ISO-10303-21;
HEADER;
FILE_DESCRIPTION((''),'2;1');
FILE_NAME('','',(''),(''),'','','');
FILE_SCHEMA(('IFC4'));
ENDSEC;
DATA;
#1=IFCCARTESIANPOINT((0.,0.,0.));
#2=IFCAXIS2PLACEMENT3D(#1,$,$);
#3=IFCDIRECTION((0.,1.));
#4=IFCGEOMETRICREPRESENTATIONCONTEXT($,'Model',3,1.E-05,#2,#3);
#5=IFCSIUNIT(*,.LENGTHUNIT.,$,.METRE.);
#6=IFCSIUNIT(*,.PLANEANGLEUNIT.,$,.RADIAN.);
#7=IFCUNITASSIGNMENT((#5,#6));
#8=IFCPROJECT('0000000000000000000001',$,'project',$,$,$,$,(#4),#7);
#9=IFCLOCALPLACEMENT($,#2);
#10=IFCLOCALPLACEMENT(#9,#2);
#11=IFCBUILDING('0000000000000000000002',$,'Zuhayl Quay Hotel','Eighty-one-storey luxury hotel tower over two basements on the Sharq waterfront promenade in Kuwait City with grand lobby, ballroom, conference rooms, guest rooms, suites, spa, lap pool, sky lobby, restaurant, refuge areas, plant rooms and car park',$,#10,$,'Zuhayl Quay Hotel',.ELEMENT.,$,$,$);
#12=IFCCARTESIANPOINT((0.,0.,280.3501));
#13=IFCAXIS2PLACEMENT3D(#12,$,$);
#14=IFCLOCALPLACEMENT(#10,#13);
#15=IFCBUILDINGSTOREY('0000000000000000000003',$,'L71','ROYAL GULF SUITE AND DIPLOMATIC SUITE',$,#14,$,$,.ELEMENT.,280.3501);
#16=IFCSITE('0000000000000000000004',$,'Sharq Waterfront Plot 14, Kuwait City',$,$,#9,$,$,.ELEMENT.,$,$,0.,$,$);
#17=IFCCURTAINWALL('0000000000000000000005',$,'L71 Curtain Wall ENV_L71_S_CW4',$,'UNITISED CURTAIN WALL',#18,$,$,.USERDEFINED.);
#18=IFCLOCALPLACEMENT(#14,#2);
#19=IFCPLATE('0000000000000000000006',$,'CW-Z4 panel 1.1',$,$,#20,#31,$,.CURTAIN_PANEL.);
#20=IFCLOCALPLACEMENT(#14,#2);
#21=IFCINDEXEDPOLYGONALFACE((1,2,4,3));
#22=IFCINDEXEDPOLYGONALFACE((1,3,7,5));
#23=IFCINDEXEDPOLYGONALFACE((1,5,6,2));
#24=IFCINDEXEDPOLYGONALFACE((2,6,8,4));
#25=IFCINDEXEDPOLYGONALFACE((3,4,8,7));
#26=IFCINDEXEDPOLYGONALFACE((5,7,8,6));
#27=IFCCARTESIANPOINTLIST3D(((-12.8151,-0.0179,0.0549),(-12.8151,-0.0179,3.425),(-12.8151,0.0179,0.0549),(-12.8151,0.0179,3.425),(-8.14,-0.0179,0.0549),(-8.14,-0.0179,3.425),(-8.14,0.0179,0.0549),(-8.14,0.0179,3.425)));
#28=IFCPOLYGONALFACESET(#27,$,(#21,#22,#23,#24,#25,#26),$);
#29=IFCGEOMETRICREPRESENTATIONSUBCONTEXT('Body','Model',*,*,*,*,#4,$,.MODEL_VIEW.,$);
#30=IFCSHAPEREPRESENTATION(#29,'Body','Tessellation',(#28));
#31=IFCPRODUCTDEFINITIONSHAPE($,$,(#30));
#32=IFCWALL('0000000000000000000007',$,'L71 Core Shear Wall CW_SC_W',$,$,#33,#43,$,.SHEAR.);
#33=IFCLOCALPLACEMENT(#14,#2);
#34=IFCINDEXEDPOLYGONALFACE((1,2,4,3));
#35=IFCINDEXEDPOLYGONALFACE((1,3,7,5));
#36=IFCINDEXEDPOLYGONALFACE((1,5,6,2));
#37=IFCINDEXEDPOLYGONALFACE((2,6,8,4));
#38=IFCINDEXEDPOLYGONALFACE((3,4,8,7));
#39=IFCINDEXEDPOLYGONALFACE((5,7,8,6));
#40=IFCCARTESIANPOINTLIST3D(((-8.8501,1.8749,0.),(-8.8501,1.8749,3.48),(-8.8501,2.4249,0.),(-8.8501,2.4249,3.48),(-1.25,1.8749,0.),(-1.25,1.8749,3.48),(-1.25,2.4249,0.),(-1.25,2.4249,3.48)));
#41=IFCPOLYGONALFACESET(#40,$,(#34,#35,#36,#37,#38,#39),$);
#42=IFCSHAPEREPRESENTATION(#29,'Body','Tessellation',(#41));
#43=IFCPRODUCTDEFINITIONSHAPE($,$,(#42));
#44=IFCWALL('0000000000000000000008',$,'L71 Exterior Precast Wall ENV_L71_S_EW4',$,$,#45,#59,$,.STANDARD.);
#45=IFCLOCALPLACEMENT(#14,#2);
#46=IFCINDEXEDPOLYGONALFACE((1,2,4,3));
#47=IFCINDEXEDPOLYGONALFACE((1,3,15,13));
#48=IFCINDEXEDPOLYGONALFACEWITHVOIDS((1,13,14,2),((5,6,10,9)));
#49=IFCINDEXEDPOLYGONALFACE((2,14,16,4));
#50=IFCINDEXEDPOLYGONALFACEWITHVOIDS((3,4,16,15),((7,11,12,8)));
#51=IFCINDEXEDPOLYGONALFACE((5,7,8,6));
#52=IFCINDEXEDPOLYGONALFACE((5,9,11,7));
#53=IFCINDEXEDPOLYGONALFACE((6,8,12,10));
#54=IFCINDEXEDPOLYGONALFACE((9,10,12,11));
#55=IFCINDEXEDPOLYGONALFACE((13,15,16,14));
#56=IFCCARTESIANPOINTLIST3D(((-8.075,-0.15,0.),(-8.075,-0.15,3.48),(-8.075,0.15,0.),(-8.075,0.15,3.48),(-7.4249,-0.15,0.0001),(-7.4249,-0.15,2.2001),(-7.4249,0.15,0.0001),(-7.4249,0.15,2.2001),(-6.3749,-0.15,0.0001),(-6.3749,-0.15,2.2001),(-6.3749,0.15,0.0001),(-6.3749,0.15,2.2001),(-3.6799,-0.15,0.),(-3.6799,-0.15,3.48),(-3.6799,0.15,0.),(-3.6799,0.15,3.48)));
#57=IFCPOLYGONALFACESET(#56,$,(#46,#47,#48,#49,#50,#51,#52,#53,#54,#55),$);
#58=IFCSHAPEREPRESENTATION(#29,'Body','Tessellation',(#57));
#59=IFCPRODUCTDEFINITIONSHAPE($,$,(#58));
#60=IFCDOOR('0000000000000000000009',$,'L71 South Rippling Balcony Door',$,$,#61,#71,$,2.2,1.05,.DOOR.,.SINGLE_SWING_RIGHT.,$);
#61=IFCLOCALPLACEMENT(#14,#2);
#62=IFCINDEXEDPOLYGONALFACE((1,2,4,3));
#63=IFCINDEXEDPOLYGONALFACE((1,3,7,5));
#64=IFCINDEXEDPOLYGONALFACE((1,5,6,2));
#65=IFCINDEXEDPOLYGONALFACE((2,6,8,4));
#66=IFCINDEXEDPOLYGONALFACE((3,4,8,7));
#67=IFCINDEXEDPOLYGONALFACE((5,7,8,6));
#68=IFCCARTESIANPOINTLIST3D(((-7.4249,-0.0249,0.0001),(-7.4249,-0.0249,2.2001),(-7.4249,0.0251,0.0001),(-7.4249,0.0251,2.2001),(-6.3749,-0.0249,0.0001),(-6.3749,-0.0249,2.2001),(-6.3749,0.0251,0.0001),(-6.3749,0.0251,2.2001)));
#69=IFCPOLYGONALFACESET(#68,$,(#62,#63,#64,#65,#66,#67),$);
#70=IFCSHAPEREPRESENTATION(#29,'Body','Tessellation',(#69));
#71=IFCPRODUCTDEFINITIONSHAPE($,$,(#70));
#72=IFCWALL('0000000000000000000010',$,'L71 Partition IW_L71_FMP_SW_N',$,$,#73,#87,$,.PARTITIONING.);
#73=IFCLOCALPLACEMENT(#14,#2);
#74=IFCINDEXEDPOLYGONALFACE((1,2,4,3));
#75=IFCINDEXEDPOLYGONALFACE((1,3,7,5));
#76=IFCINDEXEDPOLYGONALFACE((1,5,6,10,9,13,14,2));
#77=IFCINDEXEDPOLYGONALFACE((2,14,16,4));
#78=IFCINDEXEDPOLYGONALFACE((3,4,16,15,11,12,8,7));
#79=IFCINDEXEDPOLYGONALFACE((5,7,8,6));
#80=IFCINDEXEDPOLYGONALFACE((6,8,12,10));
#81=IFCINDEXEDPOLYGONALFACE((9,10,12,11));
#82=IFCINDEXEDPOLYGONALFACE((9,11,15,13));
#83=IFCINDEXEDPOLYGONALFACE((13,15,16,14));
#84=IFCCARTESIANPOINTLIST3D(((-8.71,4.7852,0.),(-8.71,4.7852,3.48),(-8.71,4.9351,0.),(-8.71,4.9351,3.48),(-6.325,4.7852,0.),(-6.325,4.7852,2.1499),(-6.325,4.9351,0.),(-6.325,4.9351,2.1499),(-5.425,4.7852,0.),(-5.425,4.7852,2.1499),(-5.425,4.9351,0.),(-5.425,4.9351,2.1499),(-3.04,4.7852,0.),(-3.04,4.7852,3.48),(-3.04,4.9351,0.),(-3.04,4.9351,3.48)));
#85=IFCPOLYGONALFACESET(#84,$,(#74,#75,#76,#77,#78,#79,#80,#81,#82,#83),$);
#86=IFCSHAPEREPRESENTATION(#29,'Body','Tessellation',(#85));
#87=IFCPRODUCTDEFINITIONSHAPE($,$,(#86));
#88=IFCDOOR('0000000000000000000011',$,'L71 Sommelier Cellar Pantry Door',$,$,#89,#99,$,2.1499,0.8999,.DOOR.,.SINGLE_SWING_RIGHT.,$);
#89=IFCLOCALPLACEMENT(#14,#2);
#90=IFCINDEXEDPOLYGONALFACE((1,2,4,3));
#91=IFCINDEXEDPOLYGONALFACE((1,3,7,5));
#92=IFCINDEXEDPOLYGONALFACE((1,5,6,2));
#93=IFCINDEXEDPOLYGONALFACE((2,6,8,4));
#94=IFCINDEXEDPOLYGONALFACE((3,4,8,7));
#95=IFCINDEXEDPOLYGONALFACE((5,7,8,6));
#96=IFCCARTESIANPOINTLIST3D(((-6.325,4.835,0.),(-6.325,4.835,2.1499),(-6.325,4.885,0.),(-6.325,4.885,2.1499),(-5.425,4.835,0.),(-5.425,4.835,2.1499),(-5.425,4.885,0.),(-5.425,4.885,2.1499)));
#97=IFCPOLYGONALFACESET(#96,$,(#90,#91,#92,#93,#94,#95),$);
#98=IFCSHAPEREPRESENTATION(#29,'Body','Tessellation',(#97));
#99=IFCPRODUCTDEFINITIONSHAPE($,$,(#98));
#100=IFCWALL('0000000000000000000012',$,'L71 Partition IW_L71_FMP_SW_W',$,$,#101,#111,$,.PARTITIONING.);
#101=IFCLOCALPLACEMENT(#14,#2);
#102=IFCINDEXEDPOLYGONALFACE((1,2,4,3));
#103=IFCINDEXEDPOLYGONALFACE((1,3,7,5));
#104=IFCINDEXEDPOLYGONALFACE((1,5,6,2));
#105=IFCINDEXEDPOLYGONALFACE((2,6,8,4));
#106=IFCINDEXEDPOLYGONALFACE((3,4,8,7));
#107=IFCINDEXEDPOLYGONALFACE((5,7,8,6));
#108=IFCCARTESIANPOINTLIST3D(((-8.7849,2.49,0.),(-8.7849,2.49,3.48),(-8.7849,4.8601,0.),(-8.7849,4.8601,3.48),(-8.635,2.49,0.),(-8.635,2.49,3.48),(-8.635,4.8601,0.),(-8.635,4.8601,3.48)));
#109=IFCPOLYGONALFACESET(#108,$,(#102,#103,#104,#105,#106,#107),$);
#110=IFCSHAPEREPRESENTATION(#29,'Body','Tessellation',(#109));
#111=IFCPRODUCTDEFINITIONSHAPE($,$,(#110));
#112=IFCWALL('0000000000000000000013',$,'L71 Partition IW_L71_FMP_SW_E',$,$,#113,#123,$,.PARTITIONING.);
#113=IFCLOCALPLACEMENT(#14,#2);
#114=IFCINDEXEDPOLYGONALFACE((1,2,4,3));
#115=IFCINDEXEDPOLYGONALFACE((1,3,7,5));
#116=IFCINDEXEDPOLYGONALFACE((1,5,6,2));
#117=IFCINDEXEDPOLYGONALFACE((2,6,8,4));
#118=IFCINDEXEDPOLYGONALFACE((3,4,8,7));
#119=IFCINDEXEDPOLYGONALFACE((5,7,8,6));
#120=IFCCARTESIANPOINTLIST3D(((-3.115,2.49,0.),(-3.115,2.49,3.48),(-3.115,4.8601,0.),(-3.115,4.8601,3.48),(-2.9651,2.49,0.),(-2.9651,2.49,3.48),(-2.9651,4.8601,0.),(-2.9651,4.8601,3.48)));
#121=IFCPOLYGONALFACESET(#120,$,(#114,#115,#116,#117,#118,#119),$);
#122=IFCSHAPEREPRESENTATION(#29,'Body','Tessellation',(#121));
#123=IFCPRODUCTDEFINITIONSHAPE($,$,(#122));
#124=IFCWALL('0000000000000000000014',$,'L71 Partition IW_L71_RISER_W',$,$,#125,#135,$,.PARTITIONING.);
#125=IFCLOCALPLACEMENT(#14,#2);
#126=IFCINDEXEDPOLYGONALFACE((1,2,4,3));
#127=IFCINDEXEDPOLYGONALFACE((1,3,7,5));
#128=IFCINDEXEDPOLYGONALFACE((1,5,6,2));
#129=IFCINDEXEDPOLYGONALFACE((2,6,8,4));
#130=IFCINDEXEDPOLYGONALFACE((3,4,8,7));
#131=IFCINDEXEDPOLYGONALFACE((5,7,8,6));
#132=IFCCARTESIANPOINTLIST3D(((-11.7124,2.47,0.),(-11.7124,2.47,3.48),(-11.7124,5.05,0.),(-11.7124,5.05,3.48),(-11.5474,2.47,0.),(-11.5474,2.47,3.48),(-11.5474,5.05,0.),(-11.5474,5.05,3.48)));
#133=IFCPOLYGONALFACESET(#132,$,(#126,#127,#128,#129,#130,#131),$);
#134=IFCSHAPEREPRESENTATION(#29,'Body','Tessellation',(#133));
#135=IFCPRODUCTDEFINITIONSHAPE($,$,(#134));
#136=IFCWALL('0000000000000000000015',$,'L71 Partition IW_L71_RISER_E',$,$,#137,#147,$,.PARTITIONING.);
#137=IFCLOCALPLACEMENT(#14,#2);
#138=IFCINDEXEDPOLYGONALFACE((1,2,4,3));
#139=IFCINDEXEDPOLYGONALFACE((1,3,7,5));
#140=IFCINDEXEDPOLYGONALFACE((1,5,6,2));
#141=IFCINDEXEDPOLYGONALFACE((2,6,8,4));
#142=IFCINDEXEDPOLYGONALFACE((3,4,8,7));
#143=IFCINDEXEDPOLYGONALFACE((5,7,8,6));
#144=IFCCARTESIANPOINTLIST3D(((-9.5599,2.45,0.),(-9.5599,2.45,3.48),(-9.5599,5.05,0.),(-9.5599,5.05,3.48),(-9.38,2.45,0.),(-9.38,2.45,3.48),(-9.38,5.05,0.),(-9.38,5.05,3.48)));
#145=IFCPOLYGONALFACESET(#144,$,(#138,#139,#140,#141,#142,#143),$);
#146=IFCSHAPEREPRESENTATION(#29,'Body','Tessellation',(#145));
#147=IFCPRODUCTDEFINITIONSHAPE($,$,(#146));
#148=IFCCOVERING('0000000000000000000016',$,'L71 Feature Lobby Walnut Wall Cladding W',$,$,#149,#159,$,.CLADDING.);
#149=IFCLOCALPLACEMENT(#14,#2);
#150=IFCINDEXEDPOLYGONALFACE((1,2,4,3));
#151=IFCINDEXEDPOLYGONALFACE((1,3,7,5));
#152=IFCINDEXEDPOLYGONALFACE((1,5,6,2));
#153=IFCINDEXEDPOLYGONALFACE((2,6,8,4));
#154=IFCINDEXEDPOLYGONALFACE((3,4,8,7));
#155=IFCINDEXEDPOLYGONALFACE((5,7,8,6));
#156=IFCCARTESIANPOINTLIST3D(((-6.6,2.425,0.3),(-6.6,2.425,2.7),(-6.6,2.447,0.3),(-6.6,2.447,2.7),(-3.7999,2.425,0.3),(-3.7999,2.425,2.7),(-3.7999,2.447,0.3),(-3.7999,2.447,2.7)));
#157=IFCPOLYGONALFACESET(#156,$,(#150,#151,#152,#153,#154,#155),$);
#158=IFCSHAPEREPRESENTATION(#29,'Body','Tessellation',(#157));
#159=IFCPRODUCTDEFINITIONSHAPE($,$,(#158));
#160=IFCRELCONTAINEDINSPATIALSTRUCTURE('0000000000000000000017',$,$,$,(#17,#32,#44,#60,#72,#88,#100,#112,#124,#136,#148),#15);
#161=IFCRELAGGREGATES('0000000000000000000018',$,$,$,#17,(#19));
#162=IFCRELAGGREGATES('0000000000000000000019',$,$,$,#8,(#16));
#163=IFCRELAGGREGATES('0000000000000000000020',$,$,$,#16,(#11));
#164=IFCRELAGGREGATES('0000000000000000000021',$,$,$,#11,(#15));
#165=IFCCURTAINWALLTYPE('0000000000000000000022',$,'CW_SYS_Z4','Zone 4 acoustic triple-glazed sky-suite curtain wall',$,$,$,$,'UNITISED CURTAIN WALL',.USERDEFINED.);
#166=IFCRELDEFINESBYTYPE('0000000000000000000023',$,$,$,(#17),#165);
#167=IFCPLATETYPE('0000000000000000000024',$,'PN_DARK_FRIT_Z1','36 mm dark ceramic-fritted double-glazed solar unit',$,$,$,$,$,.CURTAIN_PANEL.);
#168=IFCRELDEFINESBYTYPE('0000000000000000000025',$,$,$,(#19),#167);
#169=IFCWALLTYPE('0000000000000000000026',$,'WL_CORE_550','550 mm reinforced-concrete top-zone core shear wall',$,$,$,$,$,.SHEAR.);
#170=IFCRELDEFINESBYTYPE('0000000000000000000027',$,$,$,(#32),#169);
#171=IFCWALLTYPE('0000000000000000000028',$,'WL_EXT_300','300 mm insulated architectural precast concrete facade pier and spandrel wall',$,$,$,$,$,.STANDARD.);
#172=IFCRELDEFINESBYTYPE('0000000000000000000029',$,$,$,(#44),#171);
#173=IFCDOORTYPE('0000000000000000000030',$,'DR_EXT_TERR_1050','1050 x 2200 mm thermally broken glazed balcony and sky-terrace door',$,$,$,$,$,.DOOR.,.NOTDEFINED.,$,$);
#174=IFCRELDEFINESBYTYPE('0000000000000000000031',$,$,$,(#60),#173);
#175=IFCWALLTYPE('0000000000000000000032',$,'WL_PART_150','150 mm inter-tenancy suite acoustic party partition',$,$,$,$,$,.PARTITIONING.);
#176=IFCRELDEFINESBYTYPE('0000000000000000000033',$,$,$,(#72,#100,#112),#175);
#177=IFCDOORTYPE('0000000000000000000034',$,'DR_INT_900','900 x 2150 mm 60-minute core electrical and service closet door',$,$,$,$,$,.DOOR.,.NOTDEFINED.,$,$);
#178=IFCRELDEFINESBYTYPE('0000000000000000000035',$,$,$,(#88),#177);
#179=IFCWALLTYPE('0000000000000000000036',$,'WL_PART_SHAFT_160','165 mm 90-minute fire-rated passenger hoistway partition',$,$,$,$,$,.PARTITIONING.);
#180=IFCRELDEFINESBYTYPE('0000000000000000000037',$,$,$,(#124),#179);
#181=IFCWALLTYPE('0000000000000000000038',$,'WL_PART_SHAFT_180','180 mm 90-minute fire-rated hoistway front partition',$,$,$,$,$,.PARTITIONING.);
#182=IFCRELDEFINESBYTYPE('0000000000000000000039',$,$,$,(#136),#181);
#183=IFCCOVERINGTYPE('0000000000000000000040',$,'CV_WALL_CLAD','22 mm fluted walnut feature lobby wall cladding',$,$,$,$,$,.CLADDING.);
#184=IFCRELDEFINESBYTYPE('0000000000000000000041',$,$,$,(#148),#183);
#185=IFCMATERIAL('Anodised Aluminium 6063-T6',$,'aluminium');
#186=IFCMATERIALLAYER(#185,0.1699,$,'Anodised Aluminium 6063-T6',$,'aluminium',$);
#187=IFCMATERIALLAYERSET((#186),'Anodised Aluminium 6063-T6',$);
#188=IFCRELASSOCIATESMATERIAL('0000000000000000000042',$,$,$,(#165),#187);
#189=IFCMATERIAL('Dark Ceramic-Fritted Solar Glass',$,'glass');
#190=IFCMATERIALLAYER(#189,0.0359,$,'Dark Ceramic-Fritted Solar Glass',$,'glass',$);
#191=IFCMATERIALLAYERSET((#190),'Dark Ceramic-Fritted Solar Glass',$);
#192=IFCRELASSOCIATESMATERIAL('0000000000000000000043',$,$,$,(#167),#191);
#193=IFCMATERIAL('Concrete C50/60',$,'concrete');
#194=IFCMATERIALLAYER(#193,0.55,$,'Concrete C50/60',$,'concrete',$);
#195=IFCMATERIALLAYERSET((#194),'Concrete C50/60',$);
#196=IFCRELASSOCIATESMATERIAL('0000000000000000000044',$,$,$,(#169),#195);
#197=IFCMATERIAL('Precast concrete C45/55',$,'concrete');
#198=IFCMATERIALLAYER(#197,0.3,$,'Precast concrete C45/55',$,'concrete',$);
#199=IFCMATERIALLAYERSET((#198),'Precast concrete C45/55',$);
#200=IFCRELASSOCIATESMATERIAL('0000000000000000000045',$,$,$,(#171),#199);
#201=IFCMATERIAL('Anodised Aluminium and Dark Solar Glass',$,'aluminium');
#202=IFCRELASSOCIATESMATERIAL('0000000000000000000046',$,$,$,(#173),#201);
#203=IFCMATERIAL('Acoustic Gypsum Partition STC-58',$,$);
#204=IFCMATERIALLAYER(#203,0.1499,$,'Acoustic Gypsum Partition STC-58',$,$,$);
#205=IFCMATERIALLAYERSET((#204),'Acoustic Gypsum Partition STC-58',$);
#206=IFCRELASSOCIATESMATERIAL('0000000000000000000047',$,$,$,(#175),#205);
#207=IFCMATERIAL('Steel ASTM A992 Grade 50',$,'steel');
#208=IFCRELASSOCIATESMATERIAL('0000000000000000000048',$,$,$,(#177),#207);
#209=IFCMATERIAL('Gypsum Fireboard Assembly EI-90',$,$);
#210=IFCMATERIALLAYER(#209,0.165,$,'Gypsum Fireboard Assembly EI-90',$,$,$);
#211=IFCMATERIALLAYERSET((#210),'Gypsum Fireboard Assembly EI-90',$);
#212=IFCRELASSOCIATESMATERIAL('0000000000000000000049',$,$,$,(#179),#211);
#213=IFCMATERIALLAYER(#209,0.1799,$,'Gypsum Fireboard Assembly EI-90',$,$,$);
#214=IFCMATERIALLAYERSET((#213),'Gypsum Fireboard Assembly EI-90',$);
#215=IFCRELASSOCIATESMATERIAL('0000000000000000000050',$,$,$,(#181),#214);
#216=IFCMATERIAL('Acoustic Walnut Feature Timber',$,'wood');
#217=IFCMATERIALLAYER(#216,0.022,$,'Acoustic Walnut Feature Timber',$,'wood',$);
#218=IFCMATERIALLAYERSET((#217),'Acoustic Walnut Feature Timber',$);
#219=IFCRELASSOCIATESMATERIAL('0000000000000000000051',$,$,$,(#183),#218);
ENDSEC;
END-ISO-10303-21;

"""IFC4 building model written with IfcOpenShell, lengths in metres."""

from ifc_helpers import new_model, si_unit, direction, frame, frame_2d, origin, origin_2d, place, context, subcontext, project, spatial, rectangle, extrude, material, layer, layer_set, type_object, element, fill, aggregate, save


model = new_model("IFC4")

# Units and contexts
model_context = context("Model", 3, precision=1e-05, world=origin(), true_north=direction((0.0, 1.0)))
body_context = subcontext(model_context, "Body", "Model", "MODEL_VIEW")
ifc_project = project(units=[si_unit("LENGTHUNIT", "METRE"), si_unit("PLANEANGLEUNIT", "RADIAN")], contexts=[model_context])

# Site, building, storey
site_placement = place(None, origin())
site = spatial("IfcSite", under=ifc_project, at=site_placement, Name="Sharq Waterfront Plot 14, Kuwait City", CompositionType="ELEMENT", RefElevation=0.0)
building_placement = place(site_placement, origin())
building = spatial("IfcBuilding", under=site, at=building_placement, Name="Zuhayl Quay Hotel", Description="Eighty-one-storey luxury hotel tower over two basements on the Sharq waterfront promenade in Kuwait City with grand lobby, ballroom, conference rooms, guest rooms, suites, spa, lap pool, sky lobby, restaurant, refuge areas, plant rooms and car park", LongName="Zuhayl Quay Hotel", CompositionType="ELEMENT")
storey_placement = place(building_placement, frame((0.0, 0.0, 280.3501)))
storey = spatial("IfcBuildingStorey", under=building, at=storey_placement, Name="L71", Description="ROYAL GULF SUITE AND DIPLOMATIC SUITE", CompositionType="ELEMENT", Elevation=280.3501)

# Shared definitions
ifc_material_1 = material(Name="Steel ASTM A992 Grade 50", Category="steel")

# Shared definitions
ifc_material_2 = material(Name="Anodised Aluminium 6063-T6", Category="aluminium")
ifc_layer_1 = layer(ifc_material_2, 0.1699, Name="Anodised Aluminium 6063-T6", Category="aluminium")
ifc_layer_set_1 = layer_set([ifc_layer_1], Name="Anodised Aluminium 6063-T6")
curtain_wall_type = type_object("IfcCurtainWallType", Name="CW_SYS_Z4", Description="Zone 4 acoustic triple-glazed sky-suite curtain wall", ElementType="UNITISED CURTAIN WALL", PredefinedType="USERDEFINED", material=ifc_layer_set_1)

# Curtain wall
curtain_wall_1_placement = place(storey_placement, origin())
curtain_wall_1 = element("IfcCurtainWall", 1, at=curtain_wall_1_placement, inside=storey, type_object=curtain_wall_type, Name="L71 Curtain Wall ENV_L71_S_CW4", ObjectType="UNITISED CURTAIN WALL", PredefinedType="USERDEFINED")

# Plate
ifc_material_3 = material(Name="Dark Ceramic-Fritted Solar Glass", Category="glass")
ifc_layer_2 = layer(ifc_material_3, 0.0359, Name="Dark Ceramic-Fritted Solar Glass", Category="glass")
ifc_layer_set_2 = layer_set([ifc_layer_2], Name="Dark Ceramic-Fritted Solar Glass")
plate_type = type_object("IfcPlateType", Name="PN_DARK_FRIT_Z1", Description="36 mm dark ceramic-fritted double-glazed solar unit", PredefinedType="CURTAIN_PANEL", material=ifc_layer_set_2)
plate_1_placement = place(storey_placement, frame((-10.4775, 0.0, 0.0549), z_axis=(0.0, 0.0, 1.0), x_axis=(-1.0, 0.0, 0.0)))
plate_1 = element("IfcPlate", 2, at=plate_1_placement, type_object=plate_type, Name="CW-Z4 panel 1.1", PredefinedType="CURTAIN_PANEL", context=body_context, shape_type="SweptSolid", body=[
    extrude(rectangle(XDim=4.675, YDim=0.0359, at=origin_2d()), origin(), (0.0, 0.0, 1.0), 3.3701),
])
aggregate(curtain_wall_1, [plate_1])

# Wall
ifc_material_4 = material(Name="Concrete C50/60", Category="concrete")
ifc_layer_3 = layer(ifc_material_4, 0.55, Name="Concrete C50/60", Category="concrete")
ifc_layer_set_3 = layer_set([ifc_layer_3], Name="Concrete C50/60")
wall_type_1 = type_object("IfcWallType", Name="WL_CORE_550", Description="550 mm reinforced-concrete top-zone core shear wall", PredefinedType="SHEAR", material=ifc_layer_set_3)
wall_1_placement = place(storey_placement, frame((-8.8501, 2.1499, 0.0), z_axis=(0.0, 0.0, 1.0), x_axis=(1.0, 0.0, 0.0)))
element("IfcWall", 3, at=wall_1_placement, inside=storey, type_object=wall_type_1, Name="L71 Core Shear Wall CW_SC_W", PredefinedType="SHEAR", context=body_context, shape_type="SweptSolid", body=[
    extrude(rectangle(XDim=7.6001, YDim=0.55, at=frame_2d((3.8, 0.0))), origin(), (0.0, 0.0, 1.0), 3.48),
])

# Walls, openings, doors
ifc_material_5 = material(Name="Precast concrete C45/55", Category="concrete")
ifc_layer_4 = layer(ifc_material_5, 0.3, Name="Precast concrete C45/55", Category="concrete")
ifc_layer_set_4 = layer_set([ifc_layer_4], Name="Precast concrete C45/55")
wall_type_2 = type_object("IfcWallType", Name="WL_EXT_300", Description="300 mm insulated architectural precast concrete facade pier and spandrel wall", PredefinedType="STANDARD", material=ifc_layer_set_4)
wall_2_placement = place(storey_placement, frame((-3.6799, 0.0, 0.0), z_axis=(0.0, 0.0, 1.0), x_axis=(-1.0, 0.0, 0.0)))
wall_2 = element("IfcWall", 4, at=wall_2_placement, inside=storey, type_object=wall_type_2, Name="L71 Exterior Precast Wall ENV_L71_S_EW4", PredefinedType="STANDARD", context=body_context, shape_type="SweptSolid", body=[
    extrude(rectangle(XDim=4.395, YDim=0.3, at=frame_2d((2.1975, 0.0))), origin(), (0.0, 0.0, 1.0), 3.48),
])
opening_1_placement = place(wall_2_placement, frame((2.6951, 0.0, 0.0)))
opening_1 = element("IfcOpeningElement", 5, at=opening_1_placement, cuts=wall_2, PredefinedType="OPENING", context=body_context, shape_type="SweptSolid", body=[
    extrude(rectangle(XDim=1.05, YDim=2.2, at=frame_2d((0.5249, 1.1001))), frame((0.0, 0.1599, 0.0), z_axis=(0.0, -1.0, 0.0), x_axis=(1.0, 0.0, 0.0)), (0.0, 0.0, 1.0), 0.3201),
])
ifc_material_6 = material(Name="Anodised Aluminium and Dark Solar Glass", Category="aluminium")
door_type_1 = type_object("IfcDoorType", Name="DR_EXT_TERR_1050", Description="1050 x 2200 mm thermally broken glazed balcony and sky-terrace door", OperationType="NOTDEFINED", PredefinedType="DOOR", material=ifc_material_6)
door_1_placement = place(opening_1_placement, origin())
door_1 = element("IfcDoor", 6, at=door_1_placement, inside=storey, type_object=door_type_1, Name="L71 South Rippling Balcony Door", OperationType="SINGLE_SWING_RIGHT", OverallHeight=2.2, OverallWidth=1.05, PredefinedType="DOOR", context=body_context, shape_type="SweptSolid", body=[
    extrude(rectangle(XDim=1.05, YDim=2.2, at=frame_2d((0.5249, 1.1001))), frame((0.0, 0.0249, 0.0), z_axis=(0.0, -1.0, 0.0), x_axis=(1.0, 0.0, 0.0)), (0.0, 0.0, 1.0), 0.05),
])
fill(opening_1, door_1)
ifc_material_7 = material(Name="Acoustic Gypsum Partition STC-58")
ifc_layer_5 = layer(ifc_material_7, 0.1499, Name="Acoustic Gypsum Partition STC-58")
ifc_layer_set_5 = layer_set([ifc_layer_5], Name="Acoustic Gypsum Partition STC-58")
wall_type_3 = type_object("IfcWallType", Name="WL_PART_150", Description="150 mm inter-tenancy suite acoustic party partition", PredefinedType="PARTITIONING", material=ifc_layer_set_5)
wall_3_placement = place(storey_placement, frame((-8.71, 4.8601, 0.0), z_axis=(0.0, 0.0, 1.0), x_axis=(1.0, 0.0, 0.0)))
wall_3 = element("IfcWall", 7, at=wall_3_placement, inside=storey, type_object=wall_type_3, Name="L71 Partition IW_L71_FMP_SW_N", PredefinedType="PARTITIONING", context=body_context, shape_type="SweptSolid", body=[
    extrude(rectangle(XDim=5.6699, YDim=0.1499, at=frame_2d((2.835, 0.0))), origin(), (0.0, 0.0, 1.0), 3.48),
])
opening_2_placement = place(wall_3_placement, frame((2.385, 0.0, 0.0)))
opening_2 = element("IfcOpeningElement", 8, at=opening_2_placement, cuts=wall_3, PredefinedType="OPENING", context=body_context, shape_type="SweptSolid", body=[
    extrude(rectangle(XDim=0.8999, YDim=2.1499, at=frame_2d((0.45, 1.075))), frame((0.0, 0.085, 0.0), z_axis=(0.0, -1.0, 0.0), x_axis=(1.0, 0.0, 0.0)), (0.0, 0.0, 1.0), 0.1699),
])
door_type_2 = type_object("IfcDoorType", Name="DR_INT_900", Description="900 x 2150 mm 60-minute core electrical and service closet door", OperationType="NOTDEFINED", PredefinedType="DOOR", material=ifc_material_1)
door_2_placement = place(opening_2_placement, origin())
door_2 = element("IfcDoor", 9, at=door_2_placement, inside=storey, type_object=door_type_2, Name="L71 Sommelier Cellar Pantry Door", OperationType="SINGLE_SWING_RIGHT", OverallHeight=2.1499, OverallWidth=0.8999, PredefinedType="DOOR", context=body_context, shape_type="SweptSolid", body=[
    extrude(rectangle(XDim=0.8999, YDim=2.1499, at=frame_2d((0.45, 1.075))), frame((0.0, 0.0249, 0.0), z_axis=(0.0, -1.0, 0.0), x_axis=(1.0, 0.0, 0.0)), (0.0, 0.0, 1.0), 0.05),
])
fill(opening_2, door_2)

# Walls
for number, where, z_axis, x_axis, name in (
    (10, (-8.71, 2.49, 0.0), (0.0, 0.0, 1.0), (0.0, 1.0, 0.0), "L71 Partition IW_L71_FMP_SW_W"),
    (11, (-3.04, 2.49, 0.0), (0.0, 0.0, 1.0), (0.0, 1.0, 0.0), "L71 Partition IW_L71_FMP_SW_E"),
):
    element("IfcWall", number, at=place(storey_placement, frame(where, z_axis=z_axis, x_axis=x_axis)), inside=storey, type_object=wall_type_3, Name=name, PredefinedType="PARTITIONING", context=body_context, shape_type="SweptSolid", body=[
        extrude(rectangle(XDim=2.3701, YDim=0.1499, at=frame_2d((1.1851, 0.0))), origin(), (0.0, 0.0, 1.0), 3.48),
    ])
ifc_material_8 = material(Name="Gypsum Fireboard Assembly EI-90")
ifc_layer_6 = layer(ifc_material_8, 0.165, Name="Gypsum Fireboard Assembly EI-90")
ifc_layer_set_6 = layer_set([ifc_layer_6], Name="Gypsum Fireboard Assembly EI-90")
wall_type_4 = type_object("IfcWallType", Name="WL_PART_SHAFT_160", Description="165 mm 90-minute fire-rated passenger hoistway partition", PredefinedType="PARTITIONING", material=ifc_layer_set_6)
wall_4_placement = place(storey_placement, frame((-11.6299, 2.47, 0.0), z_axis=(0.0, 0.0, 1.0), x_axis=(0.0, 1.0, 0.0)))
element("IfcWall", 12, at=wall_4_placement, inside=storey, type_object=wall_type_4, Name="L71 Partition IW_L71_RISER_W", PredefinedType="PARTITIONING", context=body_context, shape_type="SweptSolid", body=[
    extrude(rectangle(XDim=2.5801, YDim=0.165, at=frame_2d((1.29, 0.0))), origin(), (0.0, 0.0, 1.0), 3.48),
])
ifc_layer_7 = layer(ifc_material_8, 0.1799, Name="Gypsum Fireboard Assembly EI-90")
ifc_layer_set_7 = layer_set([ifc_layer_7], Name="Gypsum Fireboard Assembly EI-90")
wall_type_5 = type_object("IfcWallType", Name="WL_PART_SHAFT_180", Description="180 mm 90-minute fire-rated hoistway front partition", PredefinedType="PARTITIONING", material=ifc_layer_set_7)
wall_5_placement = place(storey_placement, frame((-9.47, 2.45, 0.0), z_axis=(0.0, 0.0, 1.0), x_axis=(0.0, 1.0, 0.0)))
element("IfcWall", 13, at=wall_5_placement, inside=storey, type_object=wall_type_5, Name="L71 Partition IW_L71_RISER_E", PredefinedType="PARTITIONING", context=body_context, shape_type="SweptSolid", body=[
    extrude(rectangle(XDim=2.6001, YDim=0.1799, at=frame_2d((1.3, 0.0))), origin(), (0.0, 0.0, 1.0), 3.48),
])

# Covering
ifc_material_9 = material(Name="Acoustic Walnut Feature Timber", Category="wood")
ifc_layer_8 = layer(ifc_material_9, 0.022, Name="Acoustic Walnut Feature Timber", Category="wood")
ifc_layer_set_8 = layer_set([ifc_layer_8], Name="Acoustic Walnut Feature Timber")
covering_type = type_object("IfcCoveringType", Name="CV_WALL_CLAD", Description="22 mm fluted walnut feature lobby wall cladding", PredefinedType="CLADDING", material=ifc_layer_set_8)
covering_placement = place(storey_placement, frame((-5.2, 2.436, 0.3), z_axis=(0.0, 0.0, 1.0), x_axis=(1.0, 0.0, 0.0)))
element("IfcCovering", 14, at=covering_placement, inside=storey, type_object=covering_type, Name="L71 Feature Lobby Walnut Wall Cladding W", PredefinedType="CLADDING", context=body_context, shape_type="SweptSolid", body=[
    extrude(rectangle(XDim=2.8, YDim=0.022, at=origin_2d()), origin(), (0.0, 0.0, 1.0), 2.3999),
])

save(model, "model.ifc")
